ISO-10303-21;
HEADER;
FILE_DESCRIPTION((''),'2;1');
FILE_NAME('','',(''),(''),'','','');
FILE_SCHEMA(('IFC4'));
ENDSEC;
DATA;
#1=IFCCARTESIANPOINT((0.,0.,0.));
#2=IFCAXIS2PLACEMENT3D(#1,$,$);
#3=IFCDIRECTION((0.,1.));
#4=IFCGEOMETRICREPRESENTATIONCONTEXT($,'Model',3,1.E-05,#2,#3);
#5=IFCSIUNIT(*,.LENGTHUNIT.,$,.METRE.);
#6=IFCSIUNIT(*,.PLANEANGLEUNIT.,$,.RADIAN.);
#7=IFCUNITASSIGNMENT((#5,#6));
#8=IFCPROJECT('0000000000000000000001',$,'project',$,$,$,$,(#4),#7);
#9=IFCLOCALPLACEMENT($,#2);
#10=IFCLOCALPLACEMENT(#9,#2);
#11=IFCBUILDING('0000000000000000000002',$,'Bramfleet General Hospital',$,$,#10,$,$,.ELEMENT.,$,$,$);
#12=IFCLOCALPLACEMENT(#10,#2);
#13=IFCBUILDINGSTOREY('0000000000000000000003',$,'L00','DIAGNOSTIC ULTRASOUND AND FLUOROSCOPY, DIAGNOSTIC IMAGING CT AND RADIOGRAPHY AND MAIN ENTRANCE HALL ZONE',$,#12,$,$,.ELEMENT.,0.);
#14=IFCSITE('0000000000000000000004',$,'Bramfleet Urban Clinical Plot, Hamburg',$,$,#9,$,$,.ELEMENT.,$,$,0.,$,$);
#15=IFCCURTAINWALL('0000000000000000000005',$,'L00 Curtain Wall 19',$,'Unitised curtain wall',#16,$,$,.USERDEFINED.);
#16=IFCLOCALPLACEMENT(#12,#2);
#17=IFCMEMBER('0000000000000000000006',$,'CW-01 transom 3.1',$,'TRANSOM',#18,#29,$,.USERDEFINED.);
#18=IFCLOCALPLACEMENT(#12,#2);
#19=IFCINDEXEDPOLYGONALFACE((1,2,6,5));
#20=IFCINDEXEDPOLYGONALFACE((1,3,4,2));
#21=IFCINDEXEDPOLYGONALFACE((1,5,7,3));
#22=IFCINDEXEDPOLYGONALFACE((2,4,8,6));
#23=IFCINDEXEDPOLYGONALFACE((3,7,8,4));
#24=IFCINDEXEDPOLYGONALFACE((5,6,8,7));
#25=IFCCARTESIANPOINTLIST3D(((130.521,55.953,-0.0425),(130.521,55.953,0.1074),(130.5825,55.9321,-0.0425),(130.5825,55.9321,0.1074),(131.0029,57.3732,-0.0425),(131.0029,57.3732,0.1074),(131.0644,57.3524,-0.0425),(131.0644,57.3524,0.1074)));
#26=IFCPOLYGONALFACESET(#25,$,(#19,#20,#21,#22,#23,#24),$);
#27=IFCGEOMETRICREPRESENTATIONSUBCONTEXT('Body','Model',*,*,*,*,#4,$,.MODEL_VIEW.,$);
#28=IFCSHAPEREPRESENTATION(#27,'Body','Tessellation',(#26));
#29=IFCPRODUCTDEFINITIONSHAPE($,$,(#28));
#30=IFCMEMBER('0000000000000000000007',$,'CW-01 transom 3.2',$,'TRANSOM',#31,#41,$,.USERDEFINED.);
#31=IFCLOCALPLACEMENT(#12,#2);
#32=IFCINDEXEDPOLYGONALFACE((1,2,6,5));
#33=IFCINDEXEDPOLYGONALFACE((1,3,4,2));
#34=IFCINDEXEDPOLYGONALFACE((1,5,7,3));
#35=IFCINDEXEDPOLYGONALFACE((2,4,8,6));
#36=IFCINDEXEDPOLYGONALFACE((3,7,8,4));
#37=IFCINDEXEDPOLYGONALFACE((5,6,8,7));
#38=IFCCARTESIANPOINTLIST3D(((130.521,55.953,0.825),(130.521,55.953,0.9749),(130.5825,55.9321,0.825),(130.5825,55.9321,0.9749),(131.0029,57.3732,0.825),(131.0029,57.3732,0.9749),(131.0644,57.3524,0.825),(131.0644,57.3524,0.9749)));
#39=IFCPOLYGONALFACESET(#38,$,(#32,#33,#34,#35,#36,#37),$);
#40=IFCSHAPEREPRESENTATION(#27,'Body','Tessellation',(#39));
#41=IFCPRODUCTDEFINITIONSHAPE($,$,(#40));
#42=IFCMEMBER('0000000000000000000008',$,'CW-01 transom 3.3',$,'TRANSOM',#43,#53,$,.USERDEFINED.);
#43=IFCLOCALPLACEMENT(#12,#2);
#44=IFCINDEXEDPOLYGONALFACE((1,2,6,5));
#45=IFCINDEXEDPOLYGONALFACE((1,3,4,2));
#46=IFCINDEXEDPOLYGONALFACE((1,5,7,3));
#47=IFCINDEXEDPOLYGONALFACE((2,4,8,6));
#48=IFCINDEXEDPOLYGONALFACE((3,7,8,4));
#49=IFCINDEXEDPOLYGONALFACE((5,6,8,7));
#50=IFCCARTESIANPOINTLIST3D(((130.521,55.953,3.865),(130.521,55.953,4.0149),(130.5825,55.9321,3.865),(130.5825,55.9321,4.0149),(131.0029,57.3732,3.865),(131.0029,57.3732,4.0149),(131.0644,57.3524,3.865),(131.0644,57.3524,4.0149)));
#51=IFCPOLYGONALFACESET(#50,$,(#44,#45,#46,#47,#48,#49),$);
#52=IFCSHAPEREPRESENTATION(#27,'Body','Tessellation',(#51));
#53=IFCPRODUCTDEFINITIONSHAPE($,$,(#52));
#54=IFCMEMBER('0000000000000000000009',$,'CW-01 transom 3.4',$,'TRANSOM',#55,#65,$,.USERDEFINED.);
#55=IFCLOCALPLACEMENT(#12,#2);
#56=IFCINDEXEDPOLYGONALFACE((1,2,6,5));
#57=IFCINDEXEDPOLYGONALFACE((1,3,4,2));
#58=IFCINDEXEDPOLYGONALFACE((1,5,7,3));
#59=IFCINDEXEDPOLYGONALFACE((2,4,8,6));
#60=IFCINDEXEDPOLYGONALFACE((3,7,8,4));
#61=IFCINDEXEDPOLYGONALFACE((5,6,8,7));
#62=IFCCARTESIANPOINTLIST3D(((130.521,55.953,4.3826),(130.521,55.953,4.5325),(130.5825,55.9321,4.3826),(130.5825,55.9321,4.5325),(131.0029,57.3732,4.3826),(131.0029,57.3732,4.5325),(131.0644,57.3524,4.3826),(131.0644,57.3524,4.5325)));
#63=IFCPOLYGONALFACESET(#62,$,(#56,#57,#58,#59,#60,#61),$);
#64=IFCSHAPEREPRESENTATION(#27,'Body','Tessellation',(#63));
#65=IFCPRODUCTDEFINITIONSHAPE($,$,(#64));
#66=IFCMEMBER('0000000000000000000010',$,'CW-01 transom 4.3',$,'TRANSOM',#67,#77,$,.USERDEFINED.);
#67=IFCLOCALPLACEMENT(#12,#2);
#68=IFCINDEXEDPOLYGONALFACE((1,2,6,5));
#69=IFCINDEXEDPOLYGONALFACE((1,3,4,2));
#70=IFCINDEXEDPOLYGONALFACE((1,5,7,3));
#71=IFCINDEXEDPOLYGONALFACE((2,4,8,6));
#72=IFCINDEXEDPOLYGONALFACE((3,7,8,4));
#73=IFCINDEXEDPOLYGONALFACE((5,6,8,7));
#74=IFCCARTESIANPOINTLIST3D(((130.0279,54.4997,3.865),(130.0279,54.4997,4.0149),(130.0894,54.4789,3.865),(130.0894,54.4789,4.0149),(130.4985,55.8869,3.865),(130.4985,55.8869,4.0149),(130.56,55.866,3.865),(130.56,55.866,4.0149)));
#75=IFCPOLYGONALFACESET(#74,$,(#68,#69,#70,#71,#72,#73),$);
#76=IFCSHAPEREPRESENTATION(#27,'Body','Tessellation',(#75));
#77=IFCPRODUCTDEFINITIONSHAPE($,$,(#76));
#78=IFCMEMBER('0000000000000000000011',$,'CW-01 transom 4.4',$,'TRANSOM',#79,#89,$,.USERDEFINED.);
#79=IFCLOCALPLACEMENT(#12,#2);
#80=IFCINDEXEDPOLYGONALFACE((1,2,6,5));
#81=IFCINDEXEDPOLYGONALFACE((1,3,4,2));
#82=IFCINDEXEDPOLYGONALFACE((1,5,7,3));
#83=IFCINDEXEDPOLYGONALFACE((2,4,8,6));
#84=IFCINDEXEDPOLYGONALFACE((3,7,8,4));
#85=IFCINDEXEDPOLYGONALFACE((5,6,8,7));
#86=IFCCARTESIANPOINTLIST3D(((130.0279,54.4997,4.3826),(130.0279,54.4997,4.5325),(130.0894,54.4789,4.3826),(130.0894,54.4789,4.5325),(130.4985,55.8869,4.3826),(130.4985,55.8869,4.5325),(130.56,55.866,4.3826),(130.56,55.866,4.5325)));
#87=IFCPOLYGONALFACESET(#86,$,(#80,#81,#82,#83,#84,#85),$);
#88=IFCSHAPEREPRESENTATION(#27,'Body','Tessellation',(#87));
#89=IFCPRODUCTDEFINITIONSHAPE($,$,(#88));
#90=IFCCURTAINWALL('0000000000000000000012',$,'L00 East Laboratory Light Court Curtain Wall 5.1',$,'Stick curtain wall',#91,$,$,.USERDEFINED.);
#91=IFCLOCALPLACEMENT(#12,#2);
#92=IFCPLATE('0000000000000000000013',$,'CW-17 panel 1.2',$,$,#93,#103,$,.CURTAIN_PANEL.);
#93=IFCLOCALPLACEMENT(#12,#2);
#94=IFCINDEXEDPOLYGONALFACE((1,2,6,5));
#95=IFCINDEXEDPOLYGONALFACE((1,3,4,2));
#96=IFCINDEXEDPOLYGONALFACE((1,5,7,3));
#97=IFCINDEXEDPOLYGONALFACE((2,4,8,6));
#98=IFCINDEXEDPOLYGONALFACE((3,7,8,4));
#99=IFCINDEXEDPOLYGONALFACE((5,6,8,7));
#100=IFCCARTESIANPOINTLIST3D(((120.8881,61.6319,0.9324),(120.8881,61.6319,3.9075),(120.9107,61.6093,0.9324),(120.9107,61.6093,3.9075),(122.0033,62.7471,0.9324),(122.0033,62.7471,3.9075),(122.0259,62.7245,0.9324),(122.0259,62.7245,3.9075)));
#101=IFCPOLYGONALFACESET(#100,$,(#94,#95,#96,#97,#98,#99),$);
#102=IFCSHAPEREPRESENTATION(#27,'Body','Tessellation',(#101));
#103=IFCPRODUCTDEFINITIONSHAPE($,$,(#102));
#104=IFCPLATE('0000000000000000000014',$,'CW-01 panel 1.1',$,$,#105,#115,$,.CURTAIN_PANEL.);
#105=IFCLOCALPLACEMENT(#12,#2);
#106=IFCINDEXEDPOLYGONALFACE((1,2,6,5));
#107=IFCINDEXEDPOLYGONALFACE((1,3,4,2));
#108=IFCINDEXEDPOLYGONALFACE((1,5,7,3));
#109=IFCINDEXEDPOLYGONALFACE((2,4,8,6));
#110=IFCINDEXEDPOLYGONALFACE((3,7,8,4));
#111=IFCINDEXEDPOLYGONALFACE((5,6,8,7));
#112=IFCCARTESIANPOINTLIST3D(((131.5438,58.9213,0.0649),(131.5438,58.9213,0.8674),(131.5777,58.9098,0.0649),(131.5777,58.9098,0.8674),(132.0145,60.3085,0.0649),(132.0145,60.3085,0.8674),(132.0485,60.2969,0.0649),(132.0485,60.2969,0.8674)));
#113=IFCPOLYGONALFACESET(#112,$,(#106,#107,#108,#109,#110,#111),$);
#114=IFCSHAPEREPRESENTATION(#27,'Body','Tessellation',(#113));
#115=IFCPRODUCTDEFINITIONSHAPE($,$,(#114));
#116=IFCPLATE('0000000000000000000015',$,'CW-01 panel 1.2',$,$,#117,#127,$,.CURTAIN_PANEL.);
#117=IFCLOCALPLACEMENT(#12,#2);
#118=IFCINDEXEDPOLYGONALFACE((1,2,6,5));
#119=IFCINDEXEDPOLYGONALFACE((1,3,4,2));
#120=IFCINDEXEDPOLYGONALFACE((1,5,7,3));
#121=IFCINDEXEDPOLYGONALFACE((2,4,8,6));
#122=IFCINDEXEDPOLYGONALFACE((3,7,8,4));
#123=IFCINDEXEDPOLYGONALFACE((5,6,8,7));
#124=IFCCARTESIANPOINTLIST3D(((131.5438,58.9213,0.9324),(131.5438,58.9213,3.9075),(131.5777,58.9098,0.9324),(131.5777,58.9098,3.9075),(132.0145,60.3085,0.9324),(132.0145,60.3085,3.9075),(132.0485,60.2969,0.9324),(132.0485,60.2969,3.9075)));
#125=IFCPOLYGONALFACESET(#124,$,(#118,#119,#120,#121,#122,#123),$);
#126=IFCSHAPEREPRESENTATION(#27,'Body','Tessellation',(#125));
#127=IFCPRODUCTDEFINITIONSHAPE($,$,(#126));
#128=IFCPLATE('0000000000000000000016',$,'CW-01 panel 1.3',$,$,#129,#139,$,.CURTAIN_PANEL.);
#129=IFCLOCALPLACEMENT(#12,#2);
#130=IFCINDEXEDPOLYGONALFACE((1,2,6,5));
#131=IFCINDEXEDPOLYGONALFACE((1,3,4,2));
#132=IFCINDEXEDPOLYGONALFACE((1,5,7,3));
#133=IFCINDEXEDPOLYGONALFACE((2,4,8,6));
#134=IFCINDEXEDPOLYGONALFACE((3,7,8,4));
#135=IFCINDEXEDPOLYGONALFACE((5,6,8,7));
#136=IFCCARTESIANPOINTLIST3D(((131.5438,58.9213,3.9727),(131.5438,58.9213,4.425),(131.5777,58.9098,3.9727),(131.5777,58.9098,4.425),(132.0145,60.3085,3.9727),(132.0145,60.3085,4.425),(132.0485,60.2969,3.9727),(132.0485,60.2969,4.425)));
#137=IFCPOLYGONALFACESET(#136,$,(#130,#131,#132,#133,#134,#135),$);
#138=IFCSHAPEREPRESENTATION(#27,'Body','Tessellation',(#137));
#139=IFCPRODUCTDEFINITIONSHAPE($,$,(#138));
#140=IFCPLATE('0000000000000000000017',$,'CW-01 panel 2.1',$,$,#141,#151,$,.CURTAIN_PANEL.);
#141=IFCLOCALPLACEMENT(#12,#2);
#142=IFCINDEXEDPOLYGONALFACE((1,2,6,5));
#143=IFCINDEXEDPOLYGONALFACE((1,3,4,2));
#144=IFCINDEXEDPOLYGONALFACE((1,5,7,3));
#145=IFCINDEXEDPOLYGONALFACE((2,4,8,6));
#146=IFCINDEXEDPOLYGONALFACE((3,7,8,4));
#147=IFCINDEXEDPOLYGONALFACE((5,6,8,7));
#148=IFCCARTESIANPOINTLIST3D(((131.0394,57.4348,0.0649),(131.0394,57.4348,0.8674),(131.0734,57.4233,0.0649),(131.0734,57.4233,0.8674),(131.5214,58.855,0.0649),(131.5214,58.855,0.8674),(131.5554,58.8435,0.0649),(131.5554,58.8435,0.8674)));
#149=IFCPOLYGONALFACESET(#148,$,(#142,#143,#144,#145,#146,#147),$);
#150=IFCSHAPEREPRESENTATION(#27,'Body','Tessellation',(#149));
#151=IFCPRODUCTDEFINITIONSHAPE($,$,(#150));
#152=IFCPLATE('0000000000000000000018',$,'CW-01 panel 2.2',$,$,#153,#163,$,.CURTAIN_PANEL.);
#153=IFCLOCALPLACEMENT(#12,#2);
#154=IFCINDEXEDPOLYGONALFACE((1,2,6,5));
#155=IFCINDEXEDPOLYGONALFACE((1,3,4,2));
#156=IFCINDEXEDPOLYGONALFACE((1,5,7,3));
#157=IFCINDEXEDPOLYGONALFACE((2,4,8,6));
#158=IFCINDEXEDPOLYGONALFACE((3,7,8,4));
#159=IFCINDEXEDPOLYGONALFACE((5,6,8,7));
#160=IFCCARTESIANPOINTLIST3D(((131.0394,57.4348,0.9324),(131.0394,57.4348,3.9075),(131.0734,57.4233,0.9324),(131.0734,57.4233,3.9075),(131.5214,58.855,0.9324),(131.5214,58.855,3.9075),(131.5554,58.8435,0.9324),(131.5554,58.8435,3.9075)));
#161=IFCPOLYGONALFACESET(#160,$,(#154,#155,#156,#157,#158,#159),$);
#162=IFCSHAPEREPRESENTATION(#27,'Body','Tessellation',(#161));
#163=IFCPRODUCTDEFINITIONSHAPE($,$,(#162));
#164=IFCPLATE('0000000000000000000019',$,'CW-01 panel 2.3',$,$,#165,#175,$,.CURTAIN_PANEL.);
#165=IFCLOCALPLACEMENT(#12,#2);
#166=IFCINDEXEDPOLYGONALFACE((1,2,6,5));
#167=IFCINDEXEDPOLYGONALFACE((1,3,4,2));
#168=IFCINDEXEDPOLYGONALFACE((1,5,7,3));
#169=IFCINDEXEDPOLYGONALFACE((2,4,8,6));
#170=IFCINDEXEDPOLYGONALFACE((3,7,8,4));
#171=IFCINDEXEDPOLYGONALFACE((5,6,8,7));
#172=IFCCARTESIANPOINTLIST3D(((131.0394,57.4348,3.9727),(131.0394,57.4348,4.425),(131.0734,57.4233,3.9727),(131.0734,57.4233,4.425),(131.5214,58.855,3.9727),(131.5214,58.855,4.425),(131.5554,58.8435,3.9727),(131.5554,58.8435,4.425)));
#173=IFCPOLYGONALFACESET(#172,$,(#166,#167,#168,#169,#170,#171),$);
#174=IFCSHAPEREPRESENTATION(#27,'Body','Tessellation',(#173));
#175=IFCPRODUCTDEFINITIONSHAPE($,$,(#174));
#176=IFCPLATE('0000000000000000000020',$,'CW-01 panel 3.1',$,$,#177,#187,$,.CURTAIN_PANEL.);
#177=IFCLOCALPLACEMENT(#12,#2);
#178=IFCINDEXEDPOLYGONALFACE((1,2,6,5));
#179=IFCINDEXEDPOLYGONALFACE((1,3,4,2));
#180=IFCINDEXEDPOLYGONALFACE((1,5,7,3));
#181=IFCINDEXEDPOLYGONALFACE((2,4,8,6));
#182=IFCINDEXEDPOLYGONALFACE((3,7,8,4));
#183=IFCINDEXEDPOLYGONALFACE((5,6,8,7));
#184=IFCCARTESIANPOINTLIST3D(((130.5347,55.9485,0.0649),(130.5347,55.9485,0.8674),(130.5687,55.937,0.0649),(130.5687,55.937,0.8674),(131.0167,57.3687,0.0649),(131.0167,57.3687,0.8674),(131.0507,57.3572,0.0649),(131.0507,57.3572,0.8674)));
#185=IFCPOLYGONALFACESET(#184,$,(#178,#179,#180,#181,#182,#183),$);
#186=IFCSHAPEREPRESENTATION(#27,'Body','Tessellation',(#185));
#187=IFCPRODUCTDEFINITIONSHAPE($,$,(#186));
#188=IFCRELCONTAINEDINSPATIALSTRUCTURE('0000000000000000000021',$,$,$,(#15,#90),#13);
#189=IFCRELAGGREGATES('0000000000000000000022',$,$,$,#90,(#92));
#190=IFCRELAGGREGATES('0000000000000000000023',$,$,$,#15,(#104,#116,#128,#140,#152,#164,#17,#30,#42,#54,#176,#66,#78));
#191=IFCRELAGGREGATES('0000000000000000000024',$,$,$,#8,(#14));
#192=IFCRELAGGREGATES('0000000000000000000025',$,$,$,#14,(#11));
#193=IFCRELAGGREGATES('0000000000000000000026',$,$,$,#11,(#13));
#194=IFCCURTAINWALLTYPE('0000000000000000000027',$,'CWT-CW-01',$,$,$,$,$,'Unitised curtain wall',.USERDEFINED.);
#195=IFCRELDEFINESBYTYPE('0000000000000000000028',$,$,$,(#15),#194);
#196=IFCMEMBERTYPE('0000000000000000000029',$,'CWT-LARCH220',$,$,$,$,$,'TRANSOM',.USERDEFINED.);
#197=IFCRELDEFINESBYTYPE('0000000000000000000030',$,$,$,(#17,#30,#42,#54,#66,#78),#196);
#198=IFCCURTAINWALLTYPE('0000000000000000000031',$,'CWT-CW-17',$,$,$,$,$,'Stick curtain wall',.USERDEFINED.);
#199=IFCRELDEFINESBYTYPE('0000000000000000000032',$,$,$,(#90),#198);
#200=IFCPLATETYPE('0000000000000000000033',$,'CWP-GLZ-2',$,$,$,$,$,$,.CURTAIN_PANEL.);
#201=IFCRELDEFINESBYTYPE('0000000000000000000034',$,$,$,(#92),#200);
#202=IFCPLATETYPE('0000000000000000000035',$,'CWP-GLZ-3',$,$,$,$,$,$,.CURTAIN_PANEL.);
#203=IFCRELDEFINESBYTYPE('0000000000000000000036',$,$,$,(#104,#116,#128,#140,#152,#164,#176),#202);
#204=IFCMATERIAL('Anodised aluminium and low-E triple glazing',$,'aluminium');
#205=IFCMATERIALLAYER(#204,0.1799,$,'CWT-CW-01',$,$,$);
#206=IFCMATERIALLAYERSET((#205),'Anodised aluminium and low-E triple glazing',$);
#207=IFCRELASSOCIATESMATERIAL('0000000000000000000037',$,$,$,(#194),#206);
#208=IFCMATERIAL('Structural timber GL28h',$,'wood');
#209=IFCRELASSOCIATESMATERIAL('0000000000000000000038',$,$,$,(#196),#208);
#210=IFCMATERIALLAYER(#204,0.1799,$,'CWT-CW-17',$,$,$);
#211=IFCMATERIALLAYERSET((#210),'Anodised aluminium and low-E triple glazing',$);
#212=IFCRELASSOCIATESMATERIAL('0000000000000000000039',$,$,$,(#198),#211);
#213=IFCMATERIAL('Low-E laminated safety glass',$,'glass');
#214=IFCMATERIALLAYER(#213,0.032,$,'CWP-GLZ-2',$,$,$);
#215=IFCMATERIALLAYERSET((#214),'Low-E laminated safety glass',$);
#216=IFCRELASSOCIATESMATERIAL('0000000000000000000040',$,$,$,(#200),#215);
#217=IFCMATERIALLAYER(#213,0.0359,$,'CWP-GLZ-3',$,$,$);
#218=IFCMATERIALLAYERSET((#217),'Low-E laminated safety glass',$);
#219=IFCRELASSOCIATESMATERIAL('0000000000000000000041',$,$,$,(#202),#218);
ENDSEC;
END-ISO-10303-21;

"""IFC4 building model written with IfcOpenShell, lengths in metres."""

from ifc_helpers import new_model, si_unit, direction, frame, origin, origin_2d, place, context, subcontext, project, spatial, rectangle, extrude, material, layer, layer_set, material_profile, profile_set, type_object, element, aggregate, save


model = new_model("IFC4")

# Units and contexts
model_context = context("Model", 3, precision=1e-05, world=origin(), true_north=direction((0.0, 1.0)))
body_context = subcontext(model_context, "Body", "Model", "MODEL_VIEW")
ifc_project = project(units=[si_unit("LENGTHUNIT", "METRE"), si_unit("PLANEANGLEUNIT", "RADIAN")], contexts=[model_context])

# Site, building, storey
site_placement = place(None, origin())
site = spatial("IfcSite", under=ifc_project, at=site_placement, Name="Bramfleet Urban Clinical Plot, Hamburg", CompositionType="ELEMENT", RefElevation=0.0)
building_placement = place(site_placement, origin())
building = spatial("IfcBuilding", under=site, at=building_placement, Name="Bramfleet General Hospital", CompositionType="ELEMENT")
storey_placement = place(building_placement, origin())
storey = spatial("IfcBuildingStorey", under=building, at=storey_placement, Name="L00", Description="DIAGNOSTIC ULTRASOUND AND FLUOROSCOPY, DIAGNOSTIC IMAGING CT AND RADIOGRAPHY AND MAIN ENTRANCE HALL ZONE", CompositionType="ELEMENT", Elevation=0.0)

# Curtain wall, members
ifc_material_1 = material(Name="Anodised aluminium and low-E triple glazing", Category="aluminium")
ifc_layer_1 = layer(ifc_material_1, 0.1799, Name="CWT-CW-01")
ifc_layer_set_1 = layer_set([ifc_layer_1], Name="Anodised aluminium and low-E triple glazing")
curtain_wall_type_1 = type_object("IfcCurtainWallType", Name="CWT-CW-01", ElementType="Unitised curtain wall", PredefinedType="USERDEFINED", material=ifc_layer_set_1)
curtain_wall_1_placement = place(storey_placement, origin())
curtain_wall_1 = element("IfcCurtainWall", 1, at=curtain_wall_1_placement, inside=storey, type_object=curtain_wall_type_1, Name="L00 Curtain Wall 19", ObjectType="Unitised curtain wall", PredefinedType="USERDEFINED")
ifc_material_2 = material(Name="Structural timber GL28h", Category="wood")
ifc_material_profile_1 = material_profile(ifc_material_2, rectangle(XDim=0.0649, YDim=0.1499, at=origin_2d()), Name="LARCH 150x65")
ifc_profile_set_1 = profile_set([ifc_material_profile_1], Name="Structural timber GL28h")
member_type_1 = type_object("IfcMemberType", Name="CWT-LARCH220", ElementType="TRANSOM", PredefinedType="USERDEFINED", material=ifc_profile_set_1)
member_1_placement = place(storey_placement, frame((131.0337, 57.3628, 0.0325), z_axis=(-0.321351, -0.94696, 0.0), x_axis=(0.94696, -0.321351, 0.0)))
member_1 = element("IfcMember", 2, at=member_1_placement, type_object=member_type_1, Name="CW-01 transom 3.1", ObjectType="TRANSOM", PredefinedType="USERDEFINED", context=body_context, shape_type="SweptSolid", body=[
    extrude(rectangle(XDim=0.0649, YDim=0.1499, at=origin_2d()), origin(), (0.0, 0.0, 1.0), 1.4998),
])
member_2_placement = place(storey_placement, frame((131.0337, 57.3628, 0.8999), z_axis=(-0.321351, -0.94696, 0.0), x_axis=(0.94696, -0.321351, 0.0)))
member_2 = element("IfcMember", 3, at=member_2_placement, type_object=member_type_1, Name="CW-01 transom 3.2", ObjectType="TRANSOM", PredefinedType="USERDEFINED", context=body_context, shape_type="SweptSolid", body=[
    extrude(rectangle(XDim=0.0649, YDim=0.1499, at=origin_2d()), origin(), (0.0, 0.0, 1.0), 1.4998),
])
member_3_placement = place(storey_placement, frame((131.0337, 57.3628, 3.9399), z_axis=(-0.321351, -0.94696, 0.0), x_axis=(0.94696, -0.321351, 0.0)))
member_3 = element("IfcMember", 4, at=member_3_placement, type_object=member_type_1, Name="CW-01 transom 3.3", ObjectType="TRANSOM", PredefinedType="USERDEFINED", context=body_context, shape_type="SweptSolid", body=[
    extrude(rectangle(XDim=0.0649, YDim=0.1499, at=origin_2d()), origin(), (0.0, 0.0, 1.0), 1.4998),
])
member_4_placement = place(storey_placement, frame((131.0337, 57.3628, 4.4575), z_axis=(-0.321351, -0.94696, 0.0), x_axis=(0.94696, -0.321351, 0.0)))
member_4 = element("IfcMember", 5, at=member_4_placement, type_object=member_type_1, Name="CW-01 transom 3.4", ObjectType="TRANSOM", PredefinedType="USERDEFINED", context=body_context, shape_type="SweptSolid", body=[
    extrude(rectangle(XDim=0.0649, YDim=0.1499, at=origin_2d()), origin(), (0.0, 0.0, 1.0), 1.4998),
])
member_5_placement = place(storey_placement, frame((130.5293, 55.8765, 3.9399), z_axis=(-0.321323, -0.94697, 0.0), x_axis=(0.94697, -0.321323, 0.0)))
member_5 = element("IfcMember", 6, at=member_5_placement, type_object=member_type_1, Name="CW-01 transom 4.3", ObjectType="TRANSOM", PredefinedType="USERDEFINED", context=body_context, shape_type="SweptSolid", body=[
    extrude(rectangle(XDim=0.0649, YDim=0.1499, at=origin_2d()), origin(), (0.0, 0.0, 1.0), 1.4648),
])
member_6_placement = place(storey_placement, frame((130.5293, 55.8765, 4.4575), z_axis=(-0.321323, -0.94697, 0.0), x_axis=(0.94697, -0.321323, 0.0)))
member_6 = element("IfcMember", 7, at=member_6_placement, type_object=member_type_1, Name="CW-01 transom 4.4", ObjectType="TRANSOM", PredefinedType="USERDEFINED", context=body_context, shape_type="SweptSolid", body=[
    extrude(rectangle(XDim=0.0649, YDim=0.1499, at=origin_2d()), origin(), (0.0, 0.0, 1.0), 1.4648),
])

# Curtain wall, plate
ifc_layer_2 = layer(ifc_material_1, 0.1799, Name="CWT-CW-17")
ifc_layer_set_2 = layer_set([ifc_layer_2], Name="Anodised aluminium and low-E triple glazing")
curtain_wall_type_2 = type_object("IfcCurtainWallType", Name="CWT-CW-17", ElementType="Stick curtain wall", PredefinedType="USERDEFINED", material=ifc_layer_set_2)
curtain_wall_2_placement = place(storey_placement, origin())
curtain_wall_2 = element("IfcCurtainWall", 8, at=curtain_wall_2_placement, inside=storey, type_object=curtain_wall_type_2, Name="L00 East Laboratory Light Court Curtain Wall 5.1", ObjectType="Stick curtain wall", PredefinedType="USERDEFINED")
ifc_material_3 = material(Name="Low-E laminated safety glass", Category="glass")
ifc_layer_3 = layer(ifc_material_3, 0.032, Name="CWP-GLZ-2")
ifc_layer_set_3 = layer_set([ifc_layer_3], Name="Low-E laminated safety glass")
plate_type_1 = type_object("IfcPlateType", Name="CWP-GLZ-2", PredefinedType="CURTAIN_PANEL", material=ifc_layer_set_3)
plate_1_placement = place(storey_placement, frame((121.457, 62.1782, 0.9324), z_axis=(0.0, 0.0, 1.0), x_axis=(0.707107, 0.707107, 0.0)))
plate_1 = element("IfcPlate", 9, at=plate_1_placement, type_object=plate_type_1, Name="CW-17 panel 1.2", PredefinedType="CURTAIN_PANEL", context=body_context, shape_type="SweptSolid", body=[
    extrude(rectangle(XDim=1.5771, YDim=0.032, at=origin_2d()), origin(), (0.0, 0.0, 1.0), 2.9751),
])
aggregate(curtain_wall_2, [plate_1])

# Plates
ifc_layer_4 = layer(ifc_material_3, 0.0359, Name="CWP-GLZ-3")
ifc_layer_set_4 = layer_set([ifc_layer_4], Name="Low-E laminated safety glass")
plate_type_2 = type_object("IfcPlateType", Name="CWP-GLZ-3", PredefinedType="CURTAIN_PANEL", material=ifc_layer_set_4)
plate_2_placement = place(storey_placement, frame((131.7961, 59.6091, 0.0649), z_axis=(0.0, 0.0, 1.0), x_axis=(-0.321383, -0.946949, 0.0)))
plate_2 = element("IfcPlate", 10, at=plate_2_placement, type_object=plate_type_2, Name="CW-01 panel 1.1", PredefinedType="CURTAIN_PANEL", context=body_context, shape_type="SweptSolid", body=[
    extrude(rectangle(XDim=1.4648, YDim=0.0359, at=origin_2d()), origin(), (0.0, 0.0, 1.0), 0.8025),
])
plate_3_placement = place(storey_placement, frame((131.7961, 59.6091, 0.9324), z_axis=(0.0, 0.0, 1.0), x_axis=(-0.321383, -0.946949, 0.0)))
plate_3 = element("IfcPlate", 11, at=plate_3_placement, type_object=plate_type_2, Name="CW-01 panel 1.2", PredefinedType="CURTAIN_PANEL", context=body_context, shape_type="SweptSolid", body=[
    extrude(rectangle(XDim=1.4648, YDim=0.0359, at=origin_2d()), origin(), (0.0, 0.0, 1.0), 2.9751),
])
plate_4_placement = place(storey_placement, frame((131.7961, 59.6091, 3.9727), z_axis=(0.0, 0.0, 1.0), x_axis=(-0.321383, -0.946949, 0.0)))
plate_4 = element("IfcPlate", 12, at=plate_4_placement, type_object=plate_type_2, Name="CW-01 panel 1.3", PredefinedType="CURTAIN_PANEL", context=body_context, shape_type="SweptSolid", body=[
    extrude(rectangle(XDim=1.4648, YDim=0.0359, at=origin_2d()), origin(), (0.0, 0.0, 1.0), 0.4524),
])
plate_5_placement = place(storey_placement, frame((131.2974, 58.1392, 0.0649), z_axis=(0.0, 0.0, 1.0), x_axis=(-0.321383, -0.946949, 0.0)))
plate_5 = element("IfcPlate", 13, at=plate_5_placement, type_object=plate_type_2, Name="CW-01 panel 2.1", PredefinedType="CURTAIN_PANEL", context=body_context, shape_type="SweptSolid", body=[
    extrude(rectangle(XDim=1.4998, YDim=0.0359, at=origin_2d()), origin(), (0.0, 0.0, 1.0), 0.8025),
])
plate_6_placement = place(storey_placement, frame((131.2974, 58.1392, 0.9324), z_axis=(0.0, 0.0, 1.0), x_axis=(-0.321383, -0.946949, 0.0)))
plate_6 = element("IfcPlate", 14, at=plate_6_placement, type_object=plate_type_2, Name="CW-01 panel 2.2", PredefinedType="CURTAIN_PANEL", context=body_context, shape_type="SweptSolid", body=[
    extrude(rectangle(XDim=1.4998, YDim=0.0359, at=origin_2d()), origin(), (0.0, 0.0, 1.0), 2.9751),
])
plate_7_placement = place(storey_placement, frame((131.2974, 58.1392, 3.9727), z_axis=(0.0, 0.0, 1.0), x_axis=(-0.321383, -0.946949, 0.0)))
plate_7 = element("IfcPlate", 15, at=plate_7_placement, type_object=plate_type_2, Name="CW-01 panel 2.3", PredefinedType="CURTAIN_PANEL", context=body_context, shape_type="SweptSolid", body=[
    extrude(rectangle(XDim=1.4998, YDim=0.0359, at=origin_2d()), origin(), (0.0, 0.0, 1.0), 0.4524),
])
plate_8_placement = place(storey_placement, frame((130.7927, 56.6528, 0.0649), z_axis=(0.0, 0.0, 1.0), x_axis=(-0.321383, -0.946949, 0.0)))
plate_8 = element("IfcPlate", 16, at=plate_8_placement, type_object=plate_type_2, Name="CW-01 panel 3.1", PredefinedType="CURTAIN_PANEL", context=body_context, shape_type="SweptSolid", body=[
    extrude(rectangle(XDim=1.4998, YDim=0.0359, at=origin_2d()), origin(), (0.0, 0.0, 1.0), 0.8025),
])
aggregate(curtain_wall_1, [plate_2, plate_3, plate_4, plate_5, plate_6, plate_7, member_1, member_2, member_3, member_4, plate_8, member_5, member_6])

save(model, "model.ifc")
